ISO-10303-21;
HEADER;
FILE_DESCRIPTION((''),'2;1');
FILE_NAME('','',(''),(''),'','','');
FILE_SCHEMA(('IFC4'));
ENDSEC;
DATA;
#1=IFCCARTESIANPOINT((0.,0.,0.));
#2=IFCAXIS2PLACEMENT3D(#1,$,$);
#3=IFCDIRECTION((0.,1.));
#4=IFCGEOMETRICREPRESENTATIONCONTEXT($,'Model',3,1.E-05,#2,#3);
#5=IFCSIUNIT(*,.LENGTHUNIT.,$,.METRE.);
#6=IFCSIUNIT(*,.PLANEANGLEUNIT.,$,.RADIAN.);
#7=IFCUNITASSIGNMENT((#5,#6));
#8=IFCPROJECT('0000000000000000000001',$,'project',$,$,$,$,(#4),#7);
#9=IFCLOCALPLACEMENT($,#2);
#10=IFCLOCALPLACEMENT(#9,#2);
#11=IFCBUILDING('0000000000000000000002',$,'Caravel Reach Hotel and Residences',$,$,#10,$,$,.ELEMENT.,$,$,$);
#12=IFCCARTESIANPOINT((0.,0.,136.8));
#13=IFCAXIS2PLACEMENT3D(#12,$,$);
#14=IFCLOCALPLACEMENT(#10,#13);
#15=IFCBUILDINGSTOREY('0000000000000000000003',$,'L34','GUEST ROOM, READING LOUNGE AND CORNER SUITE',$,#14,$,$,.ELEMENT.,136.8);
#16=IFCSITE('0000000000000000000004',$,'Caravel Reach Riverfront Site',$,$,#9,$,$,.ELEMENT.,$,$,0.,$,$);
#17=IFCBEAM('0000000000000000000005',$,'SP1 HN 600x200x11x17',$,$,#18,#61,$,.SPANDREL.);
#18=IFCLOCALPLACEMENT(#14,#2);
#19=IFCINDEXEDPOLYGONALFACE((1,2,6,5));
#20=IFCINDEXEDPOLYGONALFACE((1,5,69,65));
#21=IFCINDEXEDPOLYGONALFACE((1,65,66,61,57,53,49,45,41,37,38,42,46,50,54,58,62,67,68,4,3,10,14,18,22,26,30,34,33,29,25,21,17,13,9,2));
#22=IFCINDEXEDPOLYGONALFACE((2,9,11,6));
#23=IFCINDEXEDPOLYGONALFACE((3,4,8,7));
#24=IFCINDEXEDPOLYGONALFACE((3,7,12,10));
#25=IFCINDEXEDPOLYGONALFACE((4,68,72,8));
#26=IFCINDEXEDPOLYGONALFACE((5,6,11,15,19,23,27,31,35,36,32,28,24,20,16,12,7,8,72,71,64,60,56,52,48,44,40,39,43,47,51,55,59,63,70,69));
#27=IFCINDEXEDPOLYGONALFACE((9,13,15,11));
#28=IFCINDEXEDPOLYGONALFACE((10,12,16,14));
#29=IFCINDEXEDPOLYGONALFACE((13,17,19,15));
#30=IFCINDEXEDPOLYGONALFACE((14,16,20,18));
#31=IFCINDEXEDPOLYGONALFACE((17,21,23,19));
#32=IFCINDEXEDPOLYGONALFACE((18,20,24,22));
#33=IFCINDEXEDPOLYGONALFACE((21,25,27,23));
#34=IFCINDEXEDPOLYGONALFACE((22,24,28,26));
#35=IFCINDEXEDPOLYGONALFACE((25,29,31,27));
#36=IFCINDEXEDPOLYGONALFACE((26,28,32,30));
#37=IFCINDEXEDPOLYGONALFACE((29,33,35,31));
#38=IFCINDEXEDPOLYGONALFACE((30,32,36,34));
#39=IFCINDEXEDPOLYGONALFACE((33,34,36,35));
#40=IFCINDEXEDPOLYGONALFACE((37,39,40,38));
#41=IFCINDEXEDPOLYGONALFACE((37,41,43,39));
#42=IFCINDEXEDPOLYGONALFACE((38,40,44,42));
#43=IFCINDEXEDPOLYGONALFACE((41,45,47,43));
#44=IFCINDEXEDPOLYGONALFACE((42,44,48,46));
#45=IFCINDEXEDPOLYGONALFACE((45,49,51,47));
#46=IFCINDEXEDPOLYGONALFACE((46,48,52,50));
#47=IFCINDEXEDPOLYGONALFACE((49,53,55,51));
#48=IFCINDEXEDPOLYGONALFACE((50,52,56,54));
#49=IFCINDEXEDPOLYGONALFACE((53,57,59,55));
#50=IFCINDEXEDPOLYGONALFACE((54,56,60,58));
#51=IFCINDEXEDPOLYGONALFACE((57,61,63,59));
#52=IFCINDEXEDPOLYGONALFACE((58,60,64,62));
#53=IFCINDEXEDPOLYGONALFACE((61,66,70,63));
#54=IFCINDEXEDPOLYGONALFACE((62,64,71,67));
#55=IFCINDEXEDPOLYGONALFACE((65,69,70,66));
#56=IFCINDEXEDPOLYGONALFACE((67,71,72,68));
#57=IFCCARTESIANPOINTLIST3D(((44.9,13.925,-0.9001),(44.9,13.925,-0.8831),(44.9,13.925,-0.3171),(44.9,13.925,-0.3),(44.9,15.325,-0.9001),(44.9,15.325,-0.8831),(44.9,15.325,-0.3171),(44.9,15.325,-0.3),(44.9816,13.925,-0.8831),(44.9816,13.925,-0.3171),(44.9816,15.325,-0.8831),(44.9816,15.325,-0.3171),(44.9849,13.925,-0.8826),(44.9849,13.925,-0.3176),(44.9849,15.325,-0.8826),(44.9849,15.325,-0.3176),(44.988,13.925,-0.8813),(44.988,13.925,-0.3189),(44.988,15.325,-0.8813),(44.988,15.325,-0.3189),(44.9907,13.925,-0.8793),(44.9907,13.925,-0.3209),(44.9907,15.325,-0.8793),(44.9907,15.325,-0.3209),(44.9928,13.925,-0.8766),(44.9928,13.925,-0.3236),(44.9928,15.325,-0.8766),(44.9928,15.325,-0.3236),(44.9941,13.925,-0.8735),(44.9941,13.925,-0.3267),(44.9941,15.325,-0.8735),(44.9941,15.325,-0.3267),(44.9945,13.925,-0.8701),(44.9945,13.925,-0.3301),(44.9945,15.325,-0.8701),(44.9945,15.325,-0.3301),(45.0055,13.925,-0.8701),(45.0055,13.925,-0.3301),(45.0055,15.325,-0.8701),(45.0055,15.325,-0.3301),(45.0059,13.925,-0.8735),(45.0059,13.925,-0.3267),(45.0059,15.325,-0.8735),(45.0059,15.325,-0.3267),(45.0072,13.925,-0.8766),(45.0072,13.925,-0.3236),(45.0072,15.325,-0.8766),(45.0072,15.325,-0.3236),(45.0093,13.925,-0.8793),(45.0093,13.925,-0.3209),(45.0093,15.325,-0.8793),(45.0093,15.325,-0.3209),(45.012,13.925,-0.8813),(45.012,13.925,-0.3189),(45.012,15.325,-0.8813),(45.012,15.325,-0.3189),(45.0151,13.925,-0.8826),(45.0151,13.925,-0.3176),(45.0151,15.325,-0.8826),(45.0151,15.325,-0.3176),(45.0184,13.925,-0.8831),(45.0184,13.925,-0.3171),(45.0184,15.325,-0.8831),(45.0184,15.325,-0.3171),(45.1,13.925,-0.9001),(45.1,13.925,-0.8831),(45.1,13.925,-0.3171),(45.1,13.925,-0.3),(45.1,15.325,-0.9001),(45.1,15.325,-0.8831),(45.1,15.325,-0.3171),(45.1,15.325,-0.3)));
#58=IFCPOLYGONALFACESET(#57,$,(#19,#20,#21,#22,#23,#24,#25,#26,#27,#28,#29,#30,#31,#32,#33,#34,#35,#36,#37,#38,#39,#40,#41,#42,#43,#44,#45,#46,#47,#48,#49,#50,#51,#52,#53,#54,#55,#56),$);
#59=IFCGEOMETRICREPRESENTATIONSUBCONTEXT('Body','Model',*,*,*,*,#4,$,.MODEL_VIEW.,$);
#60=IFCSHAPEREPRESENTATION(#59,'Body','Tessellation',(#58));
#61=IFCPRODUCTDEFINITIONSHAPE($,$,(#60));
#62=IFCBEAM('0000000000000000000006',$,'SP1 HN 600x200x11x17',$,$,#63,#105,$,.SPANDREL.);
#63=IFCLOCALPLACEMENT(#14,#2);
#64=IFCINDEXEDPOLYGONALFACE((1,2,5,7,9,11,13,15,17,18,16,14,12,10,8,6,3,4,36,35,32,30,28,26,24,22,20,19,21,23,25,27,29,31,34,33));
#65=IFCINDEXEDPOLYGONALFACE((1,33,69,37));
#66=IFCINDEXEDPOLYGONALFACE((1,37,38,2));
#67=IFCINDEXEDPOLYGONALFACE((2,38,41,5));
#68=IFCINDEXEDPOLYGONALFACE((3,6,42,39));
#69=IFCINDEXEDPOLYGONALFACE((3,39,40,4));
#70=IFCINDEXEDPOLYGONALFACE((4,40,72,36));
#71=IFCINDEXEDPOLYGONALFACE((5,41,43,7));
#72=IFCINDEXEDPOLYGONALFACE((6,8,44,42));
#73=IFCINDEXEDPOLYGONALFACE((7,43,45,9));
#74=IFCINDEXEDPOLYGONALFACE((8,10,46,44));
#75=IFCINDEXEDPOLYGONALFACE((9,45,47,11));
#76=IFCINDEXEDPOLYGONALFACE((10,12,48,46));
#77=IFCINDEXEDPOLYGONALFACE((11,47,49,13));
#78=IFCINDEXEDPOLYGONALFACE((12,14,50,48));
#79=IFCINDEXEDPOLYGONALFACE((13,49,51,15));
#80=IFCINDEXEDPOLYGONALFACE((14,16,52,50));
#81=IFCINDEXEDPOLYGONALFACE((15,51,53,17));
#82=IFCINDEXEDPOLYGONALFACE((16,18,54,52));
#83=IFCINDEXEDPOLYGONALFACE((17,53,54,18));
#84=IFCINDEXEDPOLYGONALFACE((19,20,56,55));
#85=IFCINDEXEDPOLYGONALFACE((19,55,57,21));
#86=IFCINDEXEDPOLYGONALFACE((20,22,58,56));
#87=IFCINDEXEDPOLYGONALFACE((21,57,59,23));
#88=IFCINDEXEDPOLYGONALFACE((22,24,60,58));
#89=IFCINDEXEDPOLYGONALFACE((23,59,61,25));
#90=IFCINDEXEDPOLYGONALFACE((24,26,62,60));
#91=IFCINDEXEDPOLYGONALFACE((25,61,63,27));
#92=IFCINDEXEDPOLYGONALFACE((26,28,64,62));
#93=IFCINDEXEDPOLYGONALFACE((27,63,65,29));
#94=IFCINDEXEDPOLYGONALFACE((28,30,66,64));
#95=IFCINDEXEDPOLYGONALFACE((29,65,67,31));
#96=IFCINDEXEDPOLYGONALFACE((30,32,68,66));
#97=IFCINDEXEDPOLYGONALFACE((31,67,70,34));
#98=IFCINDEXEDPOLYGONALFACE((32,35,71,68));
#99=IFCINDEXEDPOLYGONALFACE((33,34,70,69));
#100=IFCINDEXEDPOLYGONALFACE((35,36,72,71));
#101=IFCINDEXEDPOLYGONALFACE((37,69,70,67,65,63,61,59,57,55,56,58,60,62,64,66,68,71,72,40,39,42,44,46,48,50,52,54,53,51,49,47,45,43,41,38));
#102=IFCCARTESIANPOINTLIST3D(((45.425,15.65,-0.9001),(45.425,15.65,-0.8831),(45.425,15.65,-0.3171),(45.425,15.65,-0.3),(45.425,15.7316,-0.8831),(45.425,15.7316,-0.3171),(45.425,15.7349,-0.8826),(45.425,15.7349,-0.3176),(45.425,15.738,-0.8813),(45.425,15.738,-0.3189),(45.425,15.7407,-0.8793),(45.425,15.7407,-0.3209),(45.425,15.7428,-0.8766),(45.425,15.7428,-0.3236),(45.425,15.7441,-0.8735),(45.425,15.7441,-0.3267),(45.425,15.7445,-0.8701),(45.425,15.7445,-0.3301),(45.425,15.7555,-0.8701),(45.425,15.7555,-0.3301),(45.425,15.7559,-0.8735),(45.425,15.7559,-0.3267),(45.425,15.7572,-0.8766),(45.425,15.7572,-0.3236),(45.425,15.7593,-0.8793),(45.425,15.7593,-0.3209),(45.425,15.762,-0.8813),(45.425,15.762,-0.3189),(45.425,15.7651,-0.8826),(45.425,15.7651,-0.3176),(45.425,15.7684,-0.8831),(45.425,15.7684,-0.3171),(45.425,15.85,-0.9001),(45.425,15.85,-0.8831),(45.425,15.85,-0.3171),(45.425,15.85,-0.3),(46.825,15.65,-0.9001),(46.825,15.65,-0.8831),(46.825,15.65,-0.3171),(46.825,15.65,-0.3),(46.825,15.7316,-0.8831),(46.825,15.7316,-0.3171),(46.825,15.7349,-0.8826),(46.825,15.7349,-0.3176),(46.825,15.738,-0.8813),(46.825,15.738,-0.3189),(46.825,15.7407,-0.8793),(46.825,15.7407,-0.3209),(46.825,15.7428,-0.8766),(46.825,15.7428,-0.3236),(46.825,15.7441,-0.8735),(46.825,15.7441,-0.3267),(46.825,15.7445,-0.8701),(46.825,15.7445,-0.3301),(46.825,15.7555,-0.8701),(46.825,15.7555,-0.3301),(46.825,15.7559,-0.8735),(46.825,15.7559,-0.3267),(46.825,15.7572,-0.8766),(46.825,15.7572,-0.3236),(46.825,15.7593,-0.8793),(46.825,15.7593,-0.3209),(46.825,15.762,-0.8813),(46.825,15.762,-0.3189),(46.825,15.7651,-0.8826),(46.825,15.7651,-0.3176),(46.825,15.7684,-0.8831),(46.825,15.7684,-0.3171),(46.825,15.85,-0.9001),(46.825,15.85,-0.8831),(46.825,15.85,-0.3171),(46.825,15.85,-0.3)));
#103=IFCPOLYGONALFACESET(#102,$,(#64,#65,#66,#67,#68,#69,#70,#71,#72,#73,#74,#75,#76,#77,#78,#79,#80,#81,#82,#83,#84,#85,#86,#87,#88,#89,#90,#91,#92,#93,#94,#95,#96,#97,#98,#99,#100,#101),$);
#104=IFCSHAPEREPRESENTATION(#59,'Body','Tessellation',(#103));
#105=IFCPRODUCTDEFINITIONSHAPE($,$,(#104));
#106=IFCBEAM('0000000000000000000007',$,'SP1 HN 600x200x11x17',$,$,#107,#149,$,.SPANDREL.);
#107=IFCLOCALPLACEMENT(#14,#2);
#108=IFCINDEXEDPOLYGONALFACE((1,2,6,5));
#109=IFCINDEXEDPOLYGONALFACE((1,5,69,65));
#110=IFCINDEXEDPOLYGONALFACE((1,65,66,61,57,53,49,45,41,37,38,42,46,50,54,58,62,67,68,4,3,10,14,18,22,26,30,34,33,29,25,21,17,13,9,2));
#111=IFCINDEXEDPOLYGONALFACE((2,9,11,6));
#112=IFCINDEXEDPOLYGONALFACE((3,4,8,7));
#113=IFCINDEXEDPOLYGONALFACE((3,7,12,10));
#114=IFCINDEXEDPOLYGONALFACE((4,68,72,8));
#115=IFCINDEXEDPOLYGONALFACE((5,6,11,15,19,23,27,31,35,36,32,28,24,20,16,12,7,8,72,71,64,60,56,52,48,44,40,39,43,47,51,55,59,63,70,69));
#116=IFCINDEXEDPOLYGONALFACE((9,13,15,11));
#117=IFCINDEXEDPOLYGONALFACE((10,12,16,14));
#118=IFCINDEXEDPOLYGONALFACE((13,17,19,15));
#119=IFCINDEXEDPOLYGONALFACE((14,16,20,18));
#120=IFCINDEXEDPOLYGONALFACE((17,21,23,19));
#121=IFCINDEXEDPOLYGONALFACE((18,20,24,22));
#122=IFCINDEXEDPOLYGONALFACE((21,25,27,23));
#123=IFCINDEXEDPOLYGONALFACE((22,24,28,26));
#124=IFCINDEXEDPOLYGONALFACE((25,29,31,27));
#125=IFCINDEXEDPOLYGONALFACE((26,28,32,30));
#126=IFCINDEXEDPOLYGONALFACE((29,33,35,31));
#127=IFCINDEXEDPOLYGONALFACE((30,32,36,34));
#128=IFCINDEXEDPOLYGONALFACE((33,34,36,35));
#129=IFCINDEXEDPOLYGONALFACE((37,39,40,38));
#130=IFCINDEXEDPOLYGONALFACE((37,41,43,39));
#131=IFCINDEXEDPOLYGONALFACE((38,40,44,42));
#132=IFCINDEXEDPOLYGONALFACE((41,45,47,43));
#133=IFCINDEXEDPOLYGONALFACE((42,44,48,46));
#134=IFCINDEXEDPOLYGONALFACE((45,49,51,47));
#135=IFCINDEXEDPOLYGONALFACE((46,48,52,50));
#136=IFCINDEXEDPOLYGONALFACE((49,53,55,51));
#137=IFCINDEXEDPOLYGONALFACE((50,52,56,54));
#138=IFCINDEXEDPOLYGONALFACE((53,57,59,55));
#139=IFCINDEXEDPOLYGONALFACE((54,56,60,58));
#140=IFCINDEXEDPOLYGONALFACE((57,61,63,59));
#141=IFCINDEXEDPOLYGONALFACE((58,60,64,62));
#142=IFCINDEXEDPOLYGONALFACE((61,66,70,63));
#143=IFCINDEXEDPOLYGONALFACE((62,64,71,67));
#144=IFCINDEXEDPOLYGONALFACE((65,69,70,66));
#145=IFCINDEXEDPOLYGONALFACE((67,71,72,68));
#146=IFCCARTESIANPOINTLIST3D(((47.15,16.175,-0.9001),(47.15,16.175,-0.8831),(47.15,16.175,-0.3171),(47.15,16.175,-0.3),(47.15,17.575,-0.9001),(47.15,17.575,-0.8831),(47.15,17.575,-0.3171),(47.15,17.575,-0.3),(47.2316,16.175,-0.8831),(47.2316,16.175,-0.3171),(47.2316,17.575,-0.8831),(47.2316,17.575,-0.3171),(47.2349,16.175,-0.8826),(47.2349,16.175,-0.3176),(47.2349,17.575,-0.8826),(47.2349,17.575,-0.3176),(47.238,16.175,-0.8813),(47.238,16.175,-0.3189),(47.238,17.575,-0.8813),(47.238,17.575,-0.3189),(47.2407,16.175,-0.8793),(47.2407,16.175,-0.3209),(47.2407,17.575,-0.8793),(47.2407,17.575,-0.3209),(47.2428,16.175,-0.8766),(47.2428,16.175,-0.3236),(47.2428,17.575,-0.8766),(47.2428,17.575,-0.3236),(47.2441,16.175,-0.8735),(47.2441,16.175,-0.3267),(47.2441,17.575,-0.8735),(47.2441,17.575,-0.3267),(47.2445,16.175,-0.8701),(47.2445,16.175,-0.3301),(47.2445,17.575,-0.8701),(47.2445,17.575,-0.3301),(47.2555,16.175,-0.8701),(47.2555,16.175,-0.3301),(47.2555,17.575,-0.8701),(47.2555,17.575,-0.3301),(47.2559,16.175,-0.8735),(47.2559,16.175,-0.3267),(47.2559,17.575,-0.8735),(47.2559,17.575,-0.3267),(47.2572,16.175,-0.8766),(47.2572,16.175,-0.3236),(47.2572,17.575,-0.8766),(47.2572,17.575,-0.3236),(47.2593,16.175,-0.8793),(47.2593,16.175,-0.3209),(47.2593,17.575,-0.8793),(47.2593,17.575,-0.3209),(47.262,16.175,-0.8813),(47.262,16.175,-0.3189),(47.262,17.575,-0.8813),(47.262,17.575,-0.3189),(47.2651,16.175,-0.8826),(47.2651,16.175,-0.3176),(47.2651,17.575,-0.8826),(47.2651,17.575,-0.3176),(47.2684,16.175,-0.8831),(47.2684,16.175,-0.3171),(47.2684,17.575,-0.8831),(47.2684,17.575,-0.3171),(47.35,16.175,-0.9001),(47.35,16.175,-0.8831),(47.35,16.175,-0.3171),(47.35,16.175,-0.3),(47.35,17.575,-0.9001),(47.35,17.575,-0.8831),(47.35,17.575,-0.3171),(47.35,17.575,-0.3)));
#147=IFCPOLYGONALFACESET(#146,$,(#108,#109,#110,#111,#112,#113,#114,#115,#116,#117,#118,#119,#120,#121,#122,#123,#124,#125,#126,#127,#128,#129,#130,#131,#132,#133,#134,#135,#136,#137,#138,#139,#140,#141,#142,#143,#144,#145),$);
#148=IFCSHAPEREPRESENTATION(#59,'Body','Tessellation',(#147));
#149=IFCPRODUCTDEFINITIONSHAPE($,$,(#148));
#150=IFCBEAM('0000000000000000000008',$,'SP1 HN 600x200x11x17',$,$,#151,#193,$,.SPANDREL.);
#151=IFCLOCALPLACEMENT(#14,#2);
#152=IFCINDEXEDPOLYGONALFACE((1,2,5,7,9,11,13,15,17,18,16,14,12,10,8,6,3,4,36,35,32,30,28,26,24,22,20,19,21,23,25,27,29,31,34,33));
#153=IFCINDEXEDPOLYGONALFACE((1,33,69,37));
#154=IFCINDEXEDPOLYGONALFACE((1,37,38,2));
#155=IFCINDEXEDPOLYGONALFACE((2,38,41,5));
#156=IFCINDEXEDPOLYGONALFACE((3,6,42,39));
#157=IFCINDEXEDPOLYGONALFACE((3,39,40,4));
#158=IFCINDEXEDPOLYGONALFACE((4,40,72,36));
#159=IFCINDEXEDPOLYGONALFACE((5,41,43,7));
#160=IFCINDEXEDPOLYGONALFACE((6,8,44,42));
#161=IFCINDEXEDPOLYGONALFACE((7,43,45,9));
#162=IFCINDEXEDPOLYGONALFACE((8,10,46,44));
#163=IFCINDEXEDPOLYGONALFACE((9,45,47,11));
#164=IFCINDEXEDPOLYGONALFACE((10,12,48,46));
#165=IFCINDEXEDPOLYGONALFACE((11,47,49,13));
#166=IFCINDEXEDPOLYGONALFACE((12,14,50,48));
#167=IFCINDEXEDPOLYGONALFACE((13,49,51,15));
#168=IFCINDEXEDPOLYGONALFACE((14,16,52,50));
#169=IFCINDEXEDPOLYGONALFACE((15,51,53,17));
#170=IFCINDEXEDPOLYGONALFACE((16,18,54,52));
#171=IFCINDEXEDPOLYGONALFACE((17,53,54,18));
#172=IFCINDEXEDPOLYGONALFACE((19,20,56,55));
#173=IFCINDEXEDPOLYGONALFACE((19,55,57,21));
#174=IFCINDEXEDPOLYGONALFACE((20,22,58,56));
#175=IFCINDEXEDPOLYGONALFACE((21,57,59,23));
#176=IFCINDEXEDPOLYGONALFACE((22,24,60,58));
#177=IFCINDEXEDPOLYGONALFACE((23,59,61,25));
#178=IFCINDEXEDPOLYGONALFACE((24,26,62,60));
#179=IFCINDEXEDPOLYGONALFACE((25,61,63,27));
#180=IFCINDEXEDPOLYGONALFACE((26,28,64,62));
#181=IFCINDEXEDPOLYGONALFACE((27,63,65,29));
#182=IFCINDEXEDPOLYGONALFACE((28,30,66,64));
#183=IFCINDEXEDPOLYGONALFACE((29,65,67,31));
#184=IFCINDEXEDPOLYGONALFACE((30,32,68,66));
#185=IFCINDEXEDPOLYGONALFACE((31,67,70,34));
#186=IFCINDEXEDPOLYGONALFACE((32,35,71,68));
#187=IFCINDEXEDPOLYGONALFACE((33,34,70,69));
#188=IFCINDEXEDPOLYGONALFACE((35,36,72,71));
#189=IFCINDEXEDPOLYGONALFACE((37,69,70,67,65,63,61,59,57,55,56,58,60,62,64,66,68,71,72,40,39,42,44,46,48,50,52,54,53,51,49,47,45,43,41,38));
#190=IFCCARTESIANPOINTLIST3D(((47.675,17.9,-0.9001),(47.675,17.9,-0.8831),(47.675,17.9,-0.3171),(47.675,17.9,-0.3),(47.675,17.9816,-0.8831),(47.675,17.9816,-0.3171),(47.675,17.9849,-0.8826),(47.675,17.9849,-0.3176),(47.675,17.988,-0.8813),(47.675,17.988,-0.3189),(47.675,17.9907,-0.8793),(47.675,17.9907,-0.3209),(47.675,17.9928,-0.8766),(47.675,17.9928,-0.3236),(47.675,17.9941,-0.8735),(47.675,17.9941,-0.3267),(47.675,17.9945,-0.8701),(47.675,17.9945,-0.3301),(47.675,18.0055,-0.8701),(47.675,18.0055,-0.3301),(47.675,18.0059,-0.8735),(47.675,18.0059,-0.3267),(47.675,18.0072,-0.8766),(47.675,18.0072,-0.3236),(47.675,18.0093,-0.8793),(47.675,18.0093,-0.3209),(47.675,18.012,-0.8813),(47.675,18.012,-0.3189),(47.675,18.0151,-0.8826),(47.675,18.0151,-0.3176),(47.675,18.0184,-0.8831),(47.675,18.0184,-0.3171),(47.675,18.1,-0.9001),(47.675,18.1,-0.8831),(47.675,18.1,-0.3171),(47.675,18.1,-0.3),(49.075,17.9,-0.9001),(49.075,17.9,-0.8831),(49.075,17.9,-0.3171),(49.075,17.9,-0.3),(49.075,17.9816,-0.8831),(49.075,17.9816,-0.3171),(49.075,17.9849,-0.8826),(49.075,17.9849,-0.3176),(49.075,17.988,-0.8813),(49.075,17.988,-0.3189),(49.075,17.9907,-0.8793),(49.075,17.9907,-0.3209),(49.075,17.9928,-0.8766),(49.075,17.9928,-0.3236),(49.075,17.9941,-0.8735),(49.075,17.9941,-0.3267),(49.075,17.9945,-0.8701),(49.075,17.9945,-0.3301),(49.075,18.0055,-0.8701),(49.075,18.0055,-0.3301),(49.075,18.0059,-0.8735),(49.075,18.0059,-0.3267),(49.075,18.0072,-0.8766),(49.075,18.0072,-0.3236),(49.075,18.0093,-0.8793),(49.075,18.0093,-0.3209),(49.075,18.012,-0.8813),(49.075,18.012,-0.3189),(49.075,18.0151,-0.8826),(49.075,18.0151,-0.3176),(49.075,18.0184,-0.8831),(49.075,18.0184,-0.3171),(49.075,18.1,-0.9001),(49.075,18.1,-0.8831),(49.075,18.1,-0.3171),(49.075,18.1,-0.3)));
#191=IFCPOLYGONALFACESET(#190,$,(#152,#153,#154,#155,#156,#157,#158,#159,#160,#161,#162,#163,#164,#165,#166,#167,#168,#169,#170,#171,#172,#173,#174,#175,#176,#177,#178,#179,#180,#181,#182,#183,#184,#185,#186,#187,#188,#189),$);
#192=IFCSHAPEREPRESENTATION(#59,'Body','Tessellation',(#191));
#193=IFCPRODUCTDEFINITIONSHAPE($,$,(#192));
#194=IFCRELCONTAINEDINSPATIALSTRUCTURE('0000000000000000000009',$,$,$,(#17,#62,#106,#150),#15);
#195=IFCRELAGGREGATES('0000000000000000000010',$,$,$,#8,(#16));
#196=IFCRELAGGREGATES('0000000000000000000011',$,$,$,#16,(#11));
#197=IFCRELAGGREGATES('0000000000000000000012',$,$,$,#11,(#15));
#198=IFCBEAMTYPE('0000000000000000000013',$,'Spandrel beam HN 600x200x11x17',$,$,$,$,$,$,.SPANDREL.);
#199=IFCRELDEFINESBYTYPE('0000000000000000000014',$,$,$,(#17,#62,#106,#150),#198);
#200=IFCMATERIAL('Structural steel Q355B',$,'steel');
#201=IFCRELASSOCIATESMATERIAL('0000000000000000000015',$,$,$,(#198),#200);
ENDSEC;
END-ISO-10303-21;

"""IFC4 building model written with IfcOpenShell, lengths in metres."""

from ifc_helpers import new_model, si_unit, direction, frame, origin, origin_2d, place, context, subcontext, project, spatial, i_section, extrude, material, material_profile, profile_set, type_object, element, save


model = new_model("IFC4")

# Units and contexts
model_context = context("Model", 3, precision=1e-05, world=origin(), true_north=direction((0.0, 1.0)))
body_context = subcontext(model_context, "Body", "Model", "MODEL_VIEW")
ifc_project = project(units=[si_unit("LENGTHUNIT", "METRE"), si_unit("PLANEANGLEUNIT", "RADIAN")], contexts=[model_context])

# Site, building, storey
site_placement = place(None, origin())
site = spatial("IfcSite", under=ifc_project, at=site_placement, Name="Caravel Reach Riverfront Site", CompositionType="ELEMENT", RefElevation=0.0)
building_placement = place(site_placement, origin())
building = spatial("IfcBuilding", under=site, at=building_placement, Name="Caravel Reach Hotel and Residences", CompositionType="ELEMENT")
storey_placement = place(building_placement, frame((0.0, 0.0, 136.8)))
storey = spatial("IfcBuildingStorey", under=building, at=storey_placement, Name="L34", Description="GUEST ROOM, READING LOUNGE AND CORNER SUITE", CompositionType="ELEMENT", Elevation=136.8)

# Beams
ifc_material_1 = material(Name="Structural steel Q355B", Category="steel")
ifc_material_profile_1 = material_profile(ifc_material_1, i_section(OverallWidth=0.2, OverallDepth=0.6001, WebThickness=0.011, FlangeThickness=0.0171, FilletRadius=0.0129, at=origin_2d()), Name="HN 600x200x11x17")
ifc_profile_set_1 = profile_set([ifc_material_profile_1], Name="Structural steel Q355B")
beam_type_1 = type_object("IfcBeamType", Name="Spandrel beam HN 600x200x11x17", PredefinedType="SPANDREL", material=ifc_profile_set_1)
for number, where, z_axis, x_axis, name in (
    (1, (45.0, 13.925, -0.6001), (0.0, 1.0, 0.0), (-1.0, 0.0, 0.0), "SP1 HN 600x200x11x17"),
    (2, (45.425, 15.75, -0.6001), (1.0, 0.0, 0.0), (0.0, 1.0, 0.0), "SP1 HN 600x200x11x17"),
    (3, (47.25, 16.175, -0.6001), (0.0, 1.0, 0.0), (-1.0, 0.0, 0.0), "SP1 HN 600x200x11x17"),
    (4, (47.675, 18.0, -0.6001), (1.0, 0.0, 0.0), (0.0, 1.0, 0.0), "SP1 HN 600x200x11x17"),
):
    element("IfcBeam", number, at=place(storey_placement, frame(where, z_axis=z_axis, x_axis=x_axis)), inside=storey, type_object=beam_type_1, Name=name, PredefinedType="SPANDREL", context=body_context, shape_type="SweptSolid", body=[
        extrude(i_section(OverallWidth=0.2, OverallDepth=0.6001, WebThickness=0.011, FlangeThickness=0.0171, FilletRadius=0.0129, at=origin_2d()), origin(), (0.0, 0.0, 1.0), 1.3999),
    ])

save(model, "model.ifc")
